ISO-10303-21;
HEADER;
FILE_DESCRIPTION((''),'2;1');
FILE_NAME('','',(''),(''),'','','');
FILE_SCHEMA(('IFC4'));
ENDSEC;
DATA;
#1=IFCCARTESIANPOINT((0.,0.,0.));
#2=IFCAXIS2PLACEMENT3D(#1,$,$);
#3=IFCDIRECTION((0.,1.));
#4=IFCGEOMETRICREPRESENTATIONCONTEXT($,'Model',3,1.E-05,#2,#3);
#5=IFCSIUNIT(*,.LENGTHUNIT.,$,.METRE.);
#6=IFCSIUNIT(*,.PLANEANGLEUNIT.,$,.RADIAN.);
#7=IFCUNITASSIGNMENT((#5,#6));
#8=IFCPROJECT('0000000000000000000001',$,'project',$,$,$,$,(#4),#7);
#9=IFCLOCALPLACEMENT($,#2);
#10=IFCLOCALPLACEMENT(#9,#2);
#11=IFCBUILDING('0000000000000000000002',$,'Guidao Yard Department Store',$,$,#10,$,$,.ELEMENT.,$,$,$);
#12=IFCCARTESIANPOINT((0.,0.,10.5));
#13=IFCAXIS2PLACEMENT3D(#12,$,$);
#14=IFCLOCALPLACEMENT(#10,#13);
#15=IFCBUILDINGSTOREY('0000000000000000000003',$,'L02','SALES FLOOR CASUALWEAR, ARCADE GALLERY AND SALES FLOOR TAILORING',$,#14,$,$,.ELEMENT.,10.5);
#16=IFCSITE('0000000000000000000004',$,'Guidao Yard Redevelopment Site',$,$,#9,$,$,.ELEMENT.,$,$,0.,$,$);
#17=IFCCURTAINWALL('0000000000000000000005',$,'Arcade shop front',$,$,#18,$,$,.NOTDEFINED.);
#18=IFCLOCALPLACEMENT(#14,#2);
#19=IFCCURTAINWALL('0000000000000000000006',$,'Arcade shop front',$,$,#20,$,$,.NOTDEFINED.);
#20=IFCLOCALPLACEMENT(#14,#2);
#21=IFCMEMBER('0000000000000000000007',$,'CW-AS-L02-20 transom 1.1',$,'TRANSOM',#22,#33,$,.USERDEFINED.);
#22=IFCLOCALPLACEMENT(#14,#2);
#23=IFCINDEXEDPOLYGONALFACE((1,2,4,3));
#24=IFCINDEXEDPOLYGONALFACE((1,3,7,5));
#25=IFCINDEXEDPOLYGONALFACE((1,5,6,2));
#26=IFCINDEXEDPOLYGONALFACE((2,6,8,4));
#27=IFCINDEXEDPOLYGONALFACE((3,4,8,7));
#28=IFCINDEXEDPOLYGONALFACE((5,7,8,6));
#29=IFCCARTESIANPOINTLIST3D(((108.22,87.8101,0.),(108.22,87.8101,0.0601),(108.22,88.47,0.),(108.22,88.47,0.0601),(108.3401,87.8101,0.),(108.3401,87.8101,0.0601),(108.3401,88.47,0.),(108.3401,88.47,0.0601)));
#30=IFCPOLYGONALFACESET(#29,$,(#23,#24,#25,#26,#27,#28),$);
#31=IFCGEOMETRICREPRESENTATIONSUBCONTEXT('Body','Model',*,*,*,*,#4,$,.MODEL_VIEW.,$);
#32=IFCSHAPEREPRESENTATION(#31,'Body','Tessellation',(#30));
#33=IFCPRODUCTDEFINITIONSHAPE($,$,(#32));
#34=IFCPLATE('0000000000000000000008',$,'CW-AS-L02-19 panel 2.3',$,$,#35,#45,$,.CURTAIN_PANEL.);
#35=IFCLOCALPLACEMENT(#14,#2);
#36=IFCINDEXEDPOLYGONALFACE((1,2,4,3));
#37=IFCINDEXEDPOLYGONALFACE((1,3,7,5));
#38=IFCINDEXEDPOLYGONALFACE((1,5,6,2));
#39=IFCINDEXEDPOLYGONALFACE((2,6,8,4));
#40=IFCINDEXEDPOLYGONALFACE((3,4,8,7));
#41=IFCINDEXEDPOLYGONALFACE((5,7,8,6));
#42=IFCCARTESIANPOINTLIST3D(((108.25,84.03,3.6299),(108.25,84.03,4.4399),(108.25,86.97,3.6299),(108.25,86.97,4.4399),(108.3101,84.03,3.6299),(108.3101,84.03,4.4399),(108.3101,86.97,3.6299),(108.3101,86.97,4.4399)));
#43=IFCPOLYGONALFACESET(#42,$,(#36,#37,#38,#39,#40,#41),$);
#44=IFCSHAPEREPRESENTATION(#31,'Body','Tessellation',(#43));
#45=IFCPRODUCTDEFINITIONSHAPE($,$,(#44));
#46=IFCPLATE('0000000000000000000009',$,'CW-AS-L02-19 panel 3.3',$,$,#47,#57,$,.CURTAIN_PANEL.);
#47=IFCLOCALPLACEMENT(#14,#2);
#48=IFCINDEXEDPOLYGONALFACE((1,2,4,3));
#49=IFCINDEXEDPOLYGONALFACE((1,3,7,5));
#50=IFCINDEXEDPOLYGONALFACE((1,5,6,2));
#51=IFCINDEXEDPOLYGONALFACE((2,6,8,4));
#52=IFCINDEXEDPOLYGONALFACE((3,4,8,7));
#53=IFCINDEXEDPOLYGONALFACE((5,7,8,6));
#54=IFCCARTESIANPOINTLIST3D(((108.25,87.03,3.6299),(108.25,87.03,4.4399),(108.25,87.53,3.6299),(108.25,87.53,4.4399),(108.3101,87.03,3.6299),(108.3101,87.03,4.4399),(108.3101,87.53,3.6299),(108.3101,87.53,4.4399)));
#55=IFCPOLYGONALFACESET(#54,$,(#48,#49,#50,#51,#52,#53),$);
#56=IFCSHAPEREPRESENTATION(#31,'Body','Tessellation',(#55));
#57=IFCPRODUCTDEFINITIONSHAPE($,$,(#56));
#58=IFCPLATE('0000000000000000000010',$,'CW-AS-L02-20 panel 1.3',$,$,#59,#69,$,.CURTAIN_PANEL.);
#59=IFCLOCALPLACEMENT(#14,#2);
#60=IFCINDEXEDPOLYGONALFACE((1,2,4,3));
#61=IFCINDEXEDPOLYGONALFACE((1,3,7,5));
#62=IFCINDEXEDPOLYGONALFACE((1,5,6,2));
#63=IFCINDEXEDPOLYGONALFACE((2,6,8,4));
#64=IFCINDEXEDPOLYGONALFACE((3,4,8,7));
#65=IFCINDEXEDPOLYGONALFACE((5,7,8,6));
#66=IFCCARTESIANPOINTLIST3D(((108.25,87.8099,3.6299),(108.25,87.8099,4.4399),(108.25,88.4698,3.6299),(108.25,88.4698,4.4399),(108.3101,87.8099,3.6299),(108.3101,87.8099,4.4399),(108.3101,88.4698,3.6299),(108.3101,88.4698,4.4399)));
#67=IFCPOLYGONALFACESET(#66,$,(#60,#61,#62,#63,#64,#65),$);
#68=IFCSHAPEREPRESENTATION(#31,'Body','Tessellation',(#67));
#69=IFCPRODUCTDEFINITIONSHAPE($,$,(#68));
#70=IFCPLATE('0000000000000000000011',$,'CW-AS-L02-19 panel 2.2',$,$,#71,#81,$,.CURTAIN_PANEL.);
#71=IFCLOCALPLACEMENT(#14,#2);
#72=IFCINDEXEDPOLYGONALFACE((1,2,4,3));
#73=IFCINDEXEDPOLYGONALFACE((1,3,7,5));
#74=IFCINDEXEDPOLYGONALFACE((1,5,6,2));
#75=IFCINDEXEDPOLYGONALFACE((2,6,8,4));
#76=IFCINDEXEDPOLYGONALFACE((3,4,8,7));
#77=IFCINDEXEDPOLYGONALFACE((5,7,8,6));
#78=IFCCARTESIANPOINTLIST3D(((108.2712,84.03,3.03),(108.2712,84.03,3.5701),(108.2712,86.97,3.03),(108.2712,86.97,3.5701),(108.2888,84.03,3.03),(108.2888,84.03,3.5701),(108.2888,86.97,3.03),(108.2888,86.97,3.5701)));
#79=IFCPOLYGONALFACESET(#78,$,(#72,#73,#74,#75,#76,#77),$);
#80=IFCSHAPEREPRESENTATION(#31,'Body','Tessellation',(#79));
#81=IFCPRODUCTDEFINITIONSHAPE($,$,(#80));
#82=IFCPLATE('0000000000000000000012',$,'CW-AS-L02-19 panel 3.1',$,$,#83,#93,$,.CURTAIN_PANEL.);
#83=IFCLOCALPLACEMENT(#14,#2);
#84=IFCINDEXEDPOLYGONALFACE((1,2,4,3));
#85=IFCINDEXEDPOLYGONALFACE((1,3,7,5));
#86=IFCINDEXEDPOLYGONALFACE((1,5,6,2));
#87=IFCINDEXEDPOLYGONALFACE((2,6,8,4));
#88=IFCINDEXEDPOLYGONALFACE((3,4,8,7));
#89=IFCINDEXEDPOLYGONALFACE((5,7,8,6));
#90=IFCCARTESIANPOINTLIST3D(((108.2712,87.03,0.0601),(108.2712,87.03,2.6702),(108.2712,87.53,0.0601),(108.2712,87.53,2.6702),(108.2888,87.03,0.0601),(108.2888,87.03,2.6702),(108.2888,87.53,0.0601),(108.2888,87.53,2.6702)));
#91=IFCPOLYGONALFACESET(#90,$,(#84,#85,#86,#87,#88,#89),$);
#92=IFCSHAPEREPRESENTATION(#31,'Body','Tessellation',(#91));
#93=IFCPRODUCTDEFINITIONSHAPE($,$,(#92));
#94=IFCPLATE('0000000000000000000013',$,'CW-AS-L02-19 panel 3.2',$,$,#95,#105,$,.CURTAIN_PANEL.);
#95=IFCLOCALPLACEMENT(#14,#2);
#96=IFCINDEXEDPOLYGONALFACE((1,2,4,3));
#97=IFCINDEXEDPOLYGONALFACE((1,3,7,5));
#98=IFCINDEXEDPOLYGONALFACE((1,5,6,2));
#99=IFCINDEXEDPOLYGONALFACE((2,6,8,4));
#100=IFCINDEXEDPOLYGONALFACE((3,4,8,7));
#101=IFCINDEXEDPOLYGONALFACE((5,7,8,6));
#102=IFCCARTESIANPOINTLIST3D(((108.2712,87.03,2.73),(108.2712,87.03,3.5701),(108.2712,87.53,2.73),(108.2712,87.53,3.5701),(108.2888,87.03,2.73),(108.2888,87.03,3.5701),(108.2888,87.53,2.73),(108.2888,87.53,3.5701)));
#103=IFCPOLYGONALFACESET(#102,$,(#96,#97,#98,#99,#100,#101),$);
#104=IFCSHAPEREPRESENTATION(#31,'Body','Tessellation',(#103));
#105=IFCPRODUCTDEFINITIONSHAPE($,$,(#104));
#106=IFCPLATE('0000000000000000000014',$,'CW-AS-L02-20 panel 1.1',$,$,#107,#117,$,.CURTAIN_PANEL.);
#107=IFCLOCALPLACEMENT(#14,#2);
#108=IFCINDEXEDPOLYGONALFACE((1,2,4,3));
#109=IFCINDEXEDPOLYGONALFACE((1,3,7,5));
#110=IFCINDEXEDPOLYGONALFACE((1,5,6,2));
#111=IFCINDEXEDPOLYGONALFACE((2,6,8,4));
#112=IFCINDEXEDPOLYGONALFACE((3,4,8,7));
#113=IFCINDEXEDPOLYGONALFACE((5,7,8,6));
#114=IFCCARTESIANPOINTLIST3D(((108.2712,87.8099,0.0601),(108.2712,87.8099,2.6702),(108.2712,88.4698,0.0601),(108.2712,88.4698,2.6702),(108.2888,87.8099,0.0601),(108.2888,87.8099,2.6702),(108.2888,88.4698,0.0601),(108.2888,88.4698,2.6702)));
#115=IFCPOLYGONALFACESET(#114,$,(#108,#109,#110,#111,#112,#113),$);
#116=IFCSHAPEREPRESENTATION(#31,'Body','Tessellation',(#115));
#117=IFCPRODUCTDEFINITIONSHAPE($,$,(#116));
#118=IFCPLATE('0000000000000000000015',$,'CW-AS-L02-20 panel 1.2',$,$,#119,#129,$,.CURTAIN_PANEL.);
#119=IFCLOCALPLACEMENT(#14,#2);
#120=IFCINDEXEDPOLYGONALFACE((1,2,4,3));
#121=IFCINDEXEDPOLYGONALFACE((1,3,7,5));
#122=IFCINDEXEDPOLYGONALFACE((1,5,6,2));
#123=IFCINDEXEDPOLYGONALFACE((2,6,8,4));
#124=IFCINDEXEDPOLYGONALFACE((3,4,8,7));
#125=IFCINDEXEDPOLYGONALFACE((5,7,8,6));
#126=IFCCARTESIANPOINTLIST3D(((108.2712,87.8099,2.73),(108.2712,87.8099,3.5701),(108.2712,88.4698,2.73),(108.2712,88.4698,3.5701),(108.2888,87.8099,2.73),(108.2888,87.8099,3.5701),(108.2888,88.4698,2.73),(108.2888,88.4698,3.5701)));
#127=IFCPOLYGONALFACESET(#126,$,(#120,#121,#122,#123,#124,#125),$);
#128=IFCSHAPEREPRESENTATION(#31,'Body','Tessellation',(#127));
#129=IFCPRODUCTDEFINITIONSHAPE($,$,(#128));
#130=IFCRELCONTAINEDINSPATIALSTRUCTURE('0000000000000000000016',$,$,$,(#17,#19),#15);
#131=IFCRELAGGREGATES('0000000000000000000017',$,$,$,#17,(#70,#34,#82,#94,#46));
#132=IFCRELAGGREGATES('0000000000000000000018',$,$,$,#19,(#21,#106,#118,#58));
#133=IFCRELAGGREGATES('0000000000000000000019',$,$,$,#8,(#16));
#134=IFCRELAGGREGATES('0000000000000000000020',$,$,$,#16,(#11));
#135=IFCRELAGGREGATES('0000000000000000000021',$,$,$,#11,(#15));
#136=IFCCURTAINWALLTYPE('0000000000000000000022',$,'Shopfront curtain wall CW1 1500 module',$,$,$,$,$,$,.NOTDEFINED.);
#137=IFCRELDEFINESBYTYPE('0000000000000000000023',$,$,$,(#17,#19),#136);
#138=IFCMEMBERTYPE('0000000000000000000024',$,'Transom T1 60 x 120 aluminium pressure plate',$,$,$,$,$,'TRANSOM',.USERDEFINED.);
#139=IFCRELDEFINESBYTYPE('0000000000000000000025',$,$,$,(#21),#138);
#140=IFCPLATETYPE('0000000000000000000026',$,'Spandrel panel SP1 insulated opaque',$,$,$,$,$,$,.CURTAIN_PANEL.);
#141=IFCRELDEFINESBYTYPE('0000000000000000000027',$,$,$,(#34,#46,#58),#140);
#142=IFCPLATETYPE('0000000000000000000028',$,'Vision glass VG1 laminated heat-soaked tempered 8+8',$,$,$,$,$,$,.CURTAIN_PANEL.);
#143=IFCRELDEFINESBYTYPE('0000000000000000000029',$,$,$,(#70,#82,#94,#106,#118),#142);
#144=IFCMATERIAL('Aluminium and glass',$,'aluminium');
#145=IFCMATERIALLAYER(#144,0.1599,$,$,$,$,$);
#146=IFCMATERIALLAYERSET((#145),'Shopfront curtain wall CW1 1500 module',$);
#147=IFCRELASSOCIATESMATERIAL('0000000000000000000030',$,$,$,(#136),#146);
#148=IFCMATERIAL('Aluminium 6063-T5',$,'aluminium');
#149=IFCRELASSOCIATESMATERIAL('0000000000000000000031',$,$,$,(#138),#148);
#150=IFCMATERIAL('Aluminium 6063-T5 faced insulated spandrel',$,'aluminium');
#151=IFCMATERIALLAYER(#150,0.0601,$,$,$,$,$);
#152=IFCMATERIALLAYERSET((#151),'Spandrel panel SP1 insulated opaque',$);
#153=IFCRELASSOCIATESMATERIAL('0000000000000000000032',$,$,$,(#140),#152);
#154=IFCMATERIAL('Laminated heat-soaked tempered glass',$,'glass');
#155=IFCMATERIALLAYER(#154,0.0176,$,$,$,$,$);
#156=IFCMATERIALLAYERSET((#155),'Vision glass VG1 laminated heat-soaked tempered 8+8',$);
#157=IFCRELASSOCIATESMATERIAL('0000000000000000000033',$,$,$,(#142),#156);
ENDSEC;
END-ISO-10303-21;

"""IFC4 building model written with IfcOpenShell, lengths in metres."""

from ifc_helpers import new_model, si_unit, direction, frame, origin, origin_2d, place, context, subcontext, project, spatial, rectangle, extrude, material, layer, layer_set, material_profile, profile_set, type_object, element, aggregate, save


model = new_model("IFC4")

# Units and contexts
model_context = context("Model", 3, precision=1e-05, world=origin(), true_north=direction((0.0, 1.0)))
body_context = subcontext(model_context, "Body", "Model", "MODEL_VIEW")
ifc_project = project(units=[si_unit("LENGTHUNIT", "METRE"), si_unit("PLANEANGLEUNIT", "RADIAN")], contexts=[model_context])

# Site, building, storey
site_placement = place(None, origin())
site = spatial("IfcSite", under=ifc_project, at=site_placement, Name="Guidao Yard Redevelopment Site", CompositionType="ELEMENT", RefElevation=0.0)
building_placement = place(site_placement, origin())
building = spatial("IfcBuilding", under=site, at=building_placement, Name="Guidao Yard Department Store", CompositionType="ELEMENT")
storey_placement = place(building_placement, frame((0.0, 0.0, 10.5)))
storey = spatial("IfcBuildingStorey", under=building, at=storey_placement, Name="L02", Description="SALES FLOOR CASUALWEAR, ARCADE GALLERY AND SALES FLOOR TAILORING", CompositionType="ELEMENT", Elevation=10.5)

# Curtain wall
ifc_material_1 = material(Name="Aluminium and glass", Category="aluminium")
ifc_layer_1 = layer(ifc_material_1, 0.1599)
ifc_layer_set_1 = layer_set([ifc_layer_1], Name="Shopfront curtain wall CW1 1500 module")
curtain_wall_type = type_object("IfcCurtainWallType", Name="Shopfront curtain wall CW1 1500 module", PredefinedType="NOTDEFINED", material=ifc_layer_set_1)
curtain_wall_1_placement = place(storey_placement, origin())
curtain_wall_1 = element("IfcCurtainWall", 1, at=curtain_wall_1_placement, inside=storey, type_object=curtain_wall_type, Name="Arcade shop front", PredefinedType="NOTDEFINED")

# Curtain wall
curtain_wall_2_placement = place(storey_placement, origin())
curtain_wall_2 = element("IfcCurtainWall", 2, at=curtain_wall_2_placement, inside=storey, type_object=curtain_wall_type, Name="Arcade shop front", PredefinedType="NOTDEFINED")

# Member
ifc_material_2 = material(Name="Aluminium 6063-T5", Category="aluminium")
ifc_material_profile_1 = material_profile(ifc_material_2, rectangle(XDim=0.1201, YDim=0.0601, at=origin_2d()), Name="Transom T1 60 x 120 aluminium pressure plate")
ifc_profile_set_1 = profile_set([ifc_material_profile_1], Name="Aluminium 6063-T5")
member_type_1 = type_object("IfcMemberType", Name="Transom T1 60 x 120 aluminium pressure plate", ElementType="TRANSOM", PredefinedType="USERDEFINED", material=ifc_profile_set_1)
member_1_placement = place(storey_placement, frame((108.28, 88.47, 0.03), z_axis=(0.0, -1.0, 0.0), x_axis=(1.0, 0.0, 0.0)))
member_1 = element("IfcMember", 3, at=member_1_placement, type_object=member_type_1, Name="CW-AS-L02-20 transom 1.1", ObjectType="TRANSOM", PredefinedType="USERDEFINED", context=body_context, shape_type="SweptSolid", body=[
    extrude(rectangle(XDim=0.1201, YDim=0.0601, at=origin_2d()), origin(), (0.0, 0.0, 1.0), 0.6599),
])

# Plates
ifc_material_3 = material(Name="Aluminium 6063-T5 faced insulated spandrel", Category="aluminium")
ifc_layer_2 = layer(ifc_material_3, 0.0601)
ifc_layer_set_2 = layer_set([ifc_layer_2], Name="Spandrel panel SP1 insulated opaque")
plate_type_1 = type_object("IfcPlateType", Name="Spandrel panel SP1 insulated opaque", PredefinedType="CURTAIN_PANEL", material=ifc_layer_set_2)
plate_1_placement = place(storey_placement, frame((108.28, 85.5, 3.6299), z_axis=(0.0, 0.0, 1.0), x_axis=(0.0, -1.0, 0.0)))
plate_1 = element("IfcPlate", 4, at=plate_1_placement, type_object=plate_type_1, Name="CW-AS-L02-19 panel 2.3", PredefinedType="CURTAIN_PANEL", context=body_context, shape_type="SweptSolid", body=[
    extrude(rectangle(XDim=2.9399, YDim=0.0601, at=origin_2d()), origin(), (0.0, 0.0, 1.0), 0.8101),
])
plate_2_placement = place(storey_placement, frame((108.28, 87.28, 3.6299), z_axis=(0.0, 0.0, 1.0), x_axis=(0.0, -1.0, 0.0)))
plate_2 = element("IfcPlate", 5, at=plate_2_placement, type_object=plate_type_1, Name="CW-AS-L02-19 panel 3.3", PredefinedType="CURTAIN_PANEL", context=body_context, shape_type="SweptSolid", body=[
    extrude(rectangle(XDim=0.5, YDim=0.0601, at=origin_2d()), origin(), (0.0, 0.0, 1.0), 0.8101),
])
plate_3_placement = place(storey_placement, frame((108.28, 88.1399, 3.6299), z_axis=(0.0, 0.0, 1.0), x_axis=(0.0, -1.0, 0.0)))
plate_3 = element("IfcPlate", 6, at=plate_3_placement, type_object=plate_type_1, Name="CW-AS-L02-20 panel 1.3", PredefinedType="CURTAIN_PANEL", context=body_context, shape_type="SweptSolid", body=[
    extrude(rectangle(XDim=0.6599, YDim=0.0601, at=origin_2d()), origin(), (0.0, 0.0, 1.0), 0.8101),
])
ifc_material_4 = material(Name="Laminated heat-soaked tempered glass", Category="glass")
ifc_layer_3 = layer(ifc_material_4, 0.0176)
ifc_layer_set_3 = layer_set([ifc_layer_3], Name="Vision glass VG1 laminated heat-soaked tempered 8+8")
plate_type_2 = type_object("IfcPlateType", Name="Vision glass VG1 laminated heat-soaked tempered 8+8", PredefinedType="CURTAIN_PANEL", material=ifc_layer_set_3)
plate_4_placement = place(storey_placement, frame((108.28, 85.5, 3.03), z_axis=(0.0, 0.0, 1.0), x_axis=(0.0, -1.0, 0.0)))
plate_4 = element("IfcPlate", 7, at=plate_4_placement, type_object=plate_type_2, Name="CW-AS-L02-19 panel 2.2", PredefinedType="CURTAIN_PANEL", context=body_context, shape_type="SweptSolid", body=[
    extrude(rectangle(XDim=2.9399, YDim=0.0176, at=origin_2d()), origin(), (0.0, 0.0, 1.0), 0.54),
])
plate_5_placement = place(storey_placement, frame((108.28, 87.28, 0.0601), z_axis=(0.0, 0.0, 1.0), x_axis=(0.0, -1.0, 0.0)))
plate_5 = element("IfcPlate", 8, at=plate_5_placement, type_object=plate_type_2, Name="CW-AS-L02-19 panel 3.1", PredefinedType="CURTAIN_PANEL", context=body_context, shape_type="SweptSolid", body=[
    extrude(rectangle(XDim=0.5, YDim=0.0176, at=origin_2d()), origin(), (0.0, 0.0, 1.0), 2.6101),
])
plate_6_placement = place(storey_placement, frame((108.28, 87.28, 2.73), z_axis=(0.0, 0.0, 1.0), x_axis=(0.0, -1.0, 0.0)))
plate_6 = element("IfcPlate", 9, at=plate_6_placement, type_object=plate_type_2, Name="CW-AS-L02-19 panel 3.2", PredefinedType="CURTAIN_PANEL", context=body_context, shape_type="SweptSolid", body=[
    extrude(rectangle(XDim=0.5, YDim=0.0176, at=origin_2d()), origin(), (0.0, 0.0, 1.0), 0.8401),
])
aggregate(curtain_wall_1, [plate_4, plate_1, plate_5, plate_6, plate_2])
plate_7_placement = place(storey_placement, frame((108.28, 88.1399, 0.0601), z_axis=(0.0, 0.0, 1.0), x_axis=(0.0, -1.0, 0.0)))
plate_7 = element("IfcPlate", 10, at=plate_7_placement, type_object=plate_type_2, Name="CW-AS-L02-20 panel 1.1", PredefinedType="CURTAIN_PANEL", context=body_context, shape_type="SweptSolid", body=[
    extrude(rectangle(XDim=0.6599, YDim=0.0176, at=origin_2d()), origin(), (0.0, 0.0, 1.0), 2.6101),
])
plate_8_placement = place(storey_placement, frame((108.28, 88.1399, 2.73), z_axis=(0.0, 0.0, 1.0), x_axis=(0.0, -1.0, 0.0)))
plate_8 = element("IfcPlate", 11, at=plate_8_placement, type_object=plate_type_2, Name="CW-AS-L02-20 panel 1.2", PredefinedType="CURTAIN_PANEL", context=body_context, shape_type="SweptSolid", body=[
    extrude(rectangle(XDim=0.6599, YDim=0.0176, at=origin_2d()), origin(), (0.0, 0.0, 1.0), 0.8401),
])
aggregate(curtain_wall_2, [member_1, plate_7, plate_8, plate_3])

save(model, "model.ifc")
